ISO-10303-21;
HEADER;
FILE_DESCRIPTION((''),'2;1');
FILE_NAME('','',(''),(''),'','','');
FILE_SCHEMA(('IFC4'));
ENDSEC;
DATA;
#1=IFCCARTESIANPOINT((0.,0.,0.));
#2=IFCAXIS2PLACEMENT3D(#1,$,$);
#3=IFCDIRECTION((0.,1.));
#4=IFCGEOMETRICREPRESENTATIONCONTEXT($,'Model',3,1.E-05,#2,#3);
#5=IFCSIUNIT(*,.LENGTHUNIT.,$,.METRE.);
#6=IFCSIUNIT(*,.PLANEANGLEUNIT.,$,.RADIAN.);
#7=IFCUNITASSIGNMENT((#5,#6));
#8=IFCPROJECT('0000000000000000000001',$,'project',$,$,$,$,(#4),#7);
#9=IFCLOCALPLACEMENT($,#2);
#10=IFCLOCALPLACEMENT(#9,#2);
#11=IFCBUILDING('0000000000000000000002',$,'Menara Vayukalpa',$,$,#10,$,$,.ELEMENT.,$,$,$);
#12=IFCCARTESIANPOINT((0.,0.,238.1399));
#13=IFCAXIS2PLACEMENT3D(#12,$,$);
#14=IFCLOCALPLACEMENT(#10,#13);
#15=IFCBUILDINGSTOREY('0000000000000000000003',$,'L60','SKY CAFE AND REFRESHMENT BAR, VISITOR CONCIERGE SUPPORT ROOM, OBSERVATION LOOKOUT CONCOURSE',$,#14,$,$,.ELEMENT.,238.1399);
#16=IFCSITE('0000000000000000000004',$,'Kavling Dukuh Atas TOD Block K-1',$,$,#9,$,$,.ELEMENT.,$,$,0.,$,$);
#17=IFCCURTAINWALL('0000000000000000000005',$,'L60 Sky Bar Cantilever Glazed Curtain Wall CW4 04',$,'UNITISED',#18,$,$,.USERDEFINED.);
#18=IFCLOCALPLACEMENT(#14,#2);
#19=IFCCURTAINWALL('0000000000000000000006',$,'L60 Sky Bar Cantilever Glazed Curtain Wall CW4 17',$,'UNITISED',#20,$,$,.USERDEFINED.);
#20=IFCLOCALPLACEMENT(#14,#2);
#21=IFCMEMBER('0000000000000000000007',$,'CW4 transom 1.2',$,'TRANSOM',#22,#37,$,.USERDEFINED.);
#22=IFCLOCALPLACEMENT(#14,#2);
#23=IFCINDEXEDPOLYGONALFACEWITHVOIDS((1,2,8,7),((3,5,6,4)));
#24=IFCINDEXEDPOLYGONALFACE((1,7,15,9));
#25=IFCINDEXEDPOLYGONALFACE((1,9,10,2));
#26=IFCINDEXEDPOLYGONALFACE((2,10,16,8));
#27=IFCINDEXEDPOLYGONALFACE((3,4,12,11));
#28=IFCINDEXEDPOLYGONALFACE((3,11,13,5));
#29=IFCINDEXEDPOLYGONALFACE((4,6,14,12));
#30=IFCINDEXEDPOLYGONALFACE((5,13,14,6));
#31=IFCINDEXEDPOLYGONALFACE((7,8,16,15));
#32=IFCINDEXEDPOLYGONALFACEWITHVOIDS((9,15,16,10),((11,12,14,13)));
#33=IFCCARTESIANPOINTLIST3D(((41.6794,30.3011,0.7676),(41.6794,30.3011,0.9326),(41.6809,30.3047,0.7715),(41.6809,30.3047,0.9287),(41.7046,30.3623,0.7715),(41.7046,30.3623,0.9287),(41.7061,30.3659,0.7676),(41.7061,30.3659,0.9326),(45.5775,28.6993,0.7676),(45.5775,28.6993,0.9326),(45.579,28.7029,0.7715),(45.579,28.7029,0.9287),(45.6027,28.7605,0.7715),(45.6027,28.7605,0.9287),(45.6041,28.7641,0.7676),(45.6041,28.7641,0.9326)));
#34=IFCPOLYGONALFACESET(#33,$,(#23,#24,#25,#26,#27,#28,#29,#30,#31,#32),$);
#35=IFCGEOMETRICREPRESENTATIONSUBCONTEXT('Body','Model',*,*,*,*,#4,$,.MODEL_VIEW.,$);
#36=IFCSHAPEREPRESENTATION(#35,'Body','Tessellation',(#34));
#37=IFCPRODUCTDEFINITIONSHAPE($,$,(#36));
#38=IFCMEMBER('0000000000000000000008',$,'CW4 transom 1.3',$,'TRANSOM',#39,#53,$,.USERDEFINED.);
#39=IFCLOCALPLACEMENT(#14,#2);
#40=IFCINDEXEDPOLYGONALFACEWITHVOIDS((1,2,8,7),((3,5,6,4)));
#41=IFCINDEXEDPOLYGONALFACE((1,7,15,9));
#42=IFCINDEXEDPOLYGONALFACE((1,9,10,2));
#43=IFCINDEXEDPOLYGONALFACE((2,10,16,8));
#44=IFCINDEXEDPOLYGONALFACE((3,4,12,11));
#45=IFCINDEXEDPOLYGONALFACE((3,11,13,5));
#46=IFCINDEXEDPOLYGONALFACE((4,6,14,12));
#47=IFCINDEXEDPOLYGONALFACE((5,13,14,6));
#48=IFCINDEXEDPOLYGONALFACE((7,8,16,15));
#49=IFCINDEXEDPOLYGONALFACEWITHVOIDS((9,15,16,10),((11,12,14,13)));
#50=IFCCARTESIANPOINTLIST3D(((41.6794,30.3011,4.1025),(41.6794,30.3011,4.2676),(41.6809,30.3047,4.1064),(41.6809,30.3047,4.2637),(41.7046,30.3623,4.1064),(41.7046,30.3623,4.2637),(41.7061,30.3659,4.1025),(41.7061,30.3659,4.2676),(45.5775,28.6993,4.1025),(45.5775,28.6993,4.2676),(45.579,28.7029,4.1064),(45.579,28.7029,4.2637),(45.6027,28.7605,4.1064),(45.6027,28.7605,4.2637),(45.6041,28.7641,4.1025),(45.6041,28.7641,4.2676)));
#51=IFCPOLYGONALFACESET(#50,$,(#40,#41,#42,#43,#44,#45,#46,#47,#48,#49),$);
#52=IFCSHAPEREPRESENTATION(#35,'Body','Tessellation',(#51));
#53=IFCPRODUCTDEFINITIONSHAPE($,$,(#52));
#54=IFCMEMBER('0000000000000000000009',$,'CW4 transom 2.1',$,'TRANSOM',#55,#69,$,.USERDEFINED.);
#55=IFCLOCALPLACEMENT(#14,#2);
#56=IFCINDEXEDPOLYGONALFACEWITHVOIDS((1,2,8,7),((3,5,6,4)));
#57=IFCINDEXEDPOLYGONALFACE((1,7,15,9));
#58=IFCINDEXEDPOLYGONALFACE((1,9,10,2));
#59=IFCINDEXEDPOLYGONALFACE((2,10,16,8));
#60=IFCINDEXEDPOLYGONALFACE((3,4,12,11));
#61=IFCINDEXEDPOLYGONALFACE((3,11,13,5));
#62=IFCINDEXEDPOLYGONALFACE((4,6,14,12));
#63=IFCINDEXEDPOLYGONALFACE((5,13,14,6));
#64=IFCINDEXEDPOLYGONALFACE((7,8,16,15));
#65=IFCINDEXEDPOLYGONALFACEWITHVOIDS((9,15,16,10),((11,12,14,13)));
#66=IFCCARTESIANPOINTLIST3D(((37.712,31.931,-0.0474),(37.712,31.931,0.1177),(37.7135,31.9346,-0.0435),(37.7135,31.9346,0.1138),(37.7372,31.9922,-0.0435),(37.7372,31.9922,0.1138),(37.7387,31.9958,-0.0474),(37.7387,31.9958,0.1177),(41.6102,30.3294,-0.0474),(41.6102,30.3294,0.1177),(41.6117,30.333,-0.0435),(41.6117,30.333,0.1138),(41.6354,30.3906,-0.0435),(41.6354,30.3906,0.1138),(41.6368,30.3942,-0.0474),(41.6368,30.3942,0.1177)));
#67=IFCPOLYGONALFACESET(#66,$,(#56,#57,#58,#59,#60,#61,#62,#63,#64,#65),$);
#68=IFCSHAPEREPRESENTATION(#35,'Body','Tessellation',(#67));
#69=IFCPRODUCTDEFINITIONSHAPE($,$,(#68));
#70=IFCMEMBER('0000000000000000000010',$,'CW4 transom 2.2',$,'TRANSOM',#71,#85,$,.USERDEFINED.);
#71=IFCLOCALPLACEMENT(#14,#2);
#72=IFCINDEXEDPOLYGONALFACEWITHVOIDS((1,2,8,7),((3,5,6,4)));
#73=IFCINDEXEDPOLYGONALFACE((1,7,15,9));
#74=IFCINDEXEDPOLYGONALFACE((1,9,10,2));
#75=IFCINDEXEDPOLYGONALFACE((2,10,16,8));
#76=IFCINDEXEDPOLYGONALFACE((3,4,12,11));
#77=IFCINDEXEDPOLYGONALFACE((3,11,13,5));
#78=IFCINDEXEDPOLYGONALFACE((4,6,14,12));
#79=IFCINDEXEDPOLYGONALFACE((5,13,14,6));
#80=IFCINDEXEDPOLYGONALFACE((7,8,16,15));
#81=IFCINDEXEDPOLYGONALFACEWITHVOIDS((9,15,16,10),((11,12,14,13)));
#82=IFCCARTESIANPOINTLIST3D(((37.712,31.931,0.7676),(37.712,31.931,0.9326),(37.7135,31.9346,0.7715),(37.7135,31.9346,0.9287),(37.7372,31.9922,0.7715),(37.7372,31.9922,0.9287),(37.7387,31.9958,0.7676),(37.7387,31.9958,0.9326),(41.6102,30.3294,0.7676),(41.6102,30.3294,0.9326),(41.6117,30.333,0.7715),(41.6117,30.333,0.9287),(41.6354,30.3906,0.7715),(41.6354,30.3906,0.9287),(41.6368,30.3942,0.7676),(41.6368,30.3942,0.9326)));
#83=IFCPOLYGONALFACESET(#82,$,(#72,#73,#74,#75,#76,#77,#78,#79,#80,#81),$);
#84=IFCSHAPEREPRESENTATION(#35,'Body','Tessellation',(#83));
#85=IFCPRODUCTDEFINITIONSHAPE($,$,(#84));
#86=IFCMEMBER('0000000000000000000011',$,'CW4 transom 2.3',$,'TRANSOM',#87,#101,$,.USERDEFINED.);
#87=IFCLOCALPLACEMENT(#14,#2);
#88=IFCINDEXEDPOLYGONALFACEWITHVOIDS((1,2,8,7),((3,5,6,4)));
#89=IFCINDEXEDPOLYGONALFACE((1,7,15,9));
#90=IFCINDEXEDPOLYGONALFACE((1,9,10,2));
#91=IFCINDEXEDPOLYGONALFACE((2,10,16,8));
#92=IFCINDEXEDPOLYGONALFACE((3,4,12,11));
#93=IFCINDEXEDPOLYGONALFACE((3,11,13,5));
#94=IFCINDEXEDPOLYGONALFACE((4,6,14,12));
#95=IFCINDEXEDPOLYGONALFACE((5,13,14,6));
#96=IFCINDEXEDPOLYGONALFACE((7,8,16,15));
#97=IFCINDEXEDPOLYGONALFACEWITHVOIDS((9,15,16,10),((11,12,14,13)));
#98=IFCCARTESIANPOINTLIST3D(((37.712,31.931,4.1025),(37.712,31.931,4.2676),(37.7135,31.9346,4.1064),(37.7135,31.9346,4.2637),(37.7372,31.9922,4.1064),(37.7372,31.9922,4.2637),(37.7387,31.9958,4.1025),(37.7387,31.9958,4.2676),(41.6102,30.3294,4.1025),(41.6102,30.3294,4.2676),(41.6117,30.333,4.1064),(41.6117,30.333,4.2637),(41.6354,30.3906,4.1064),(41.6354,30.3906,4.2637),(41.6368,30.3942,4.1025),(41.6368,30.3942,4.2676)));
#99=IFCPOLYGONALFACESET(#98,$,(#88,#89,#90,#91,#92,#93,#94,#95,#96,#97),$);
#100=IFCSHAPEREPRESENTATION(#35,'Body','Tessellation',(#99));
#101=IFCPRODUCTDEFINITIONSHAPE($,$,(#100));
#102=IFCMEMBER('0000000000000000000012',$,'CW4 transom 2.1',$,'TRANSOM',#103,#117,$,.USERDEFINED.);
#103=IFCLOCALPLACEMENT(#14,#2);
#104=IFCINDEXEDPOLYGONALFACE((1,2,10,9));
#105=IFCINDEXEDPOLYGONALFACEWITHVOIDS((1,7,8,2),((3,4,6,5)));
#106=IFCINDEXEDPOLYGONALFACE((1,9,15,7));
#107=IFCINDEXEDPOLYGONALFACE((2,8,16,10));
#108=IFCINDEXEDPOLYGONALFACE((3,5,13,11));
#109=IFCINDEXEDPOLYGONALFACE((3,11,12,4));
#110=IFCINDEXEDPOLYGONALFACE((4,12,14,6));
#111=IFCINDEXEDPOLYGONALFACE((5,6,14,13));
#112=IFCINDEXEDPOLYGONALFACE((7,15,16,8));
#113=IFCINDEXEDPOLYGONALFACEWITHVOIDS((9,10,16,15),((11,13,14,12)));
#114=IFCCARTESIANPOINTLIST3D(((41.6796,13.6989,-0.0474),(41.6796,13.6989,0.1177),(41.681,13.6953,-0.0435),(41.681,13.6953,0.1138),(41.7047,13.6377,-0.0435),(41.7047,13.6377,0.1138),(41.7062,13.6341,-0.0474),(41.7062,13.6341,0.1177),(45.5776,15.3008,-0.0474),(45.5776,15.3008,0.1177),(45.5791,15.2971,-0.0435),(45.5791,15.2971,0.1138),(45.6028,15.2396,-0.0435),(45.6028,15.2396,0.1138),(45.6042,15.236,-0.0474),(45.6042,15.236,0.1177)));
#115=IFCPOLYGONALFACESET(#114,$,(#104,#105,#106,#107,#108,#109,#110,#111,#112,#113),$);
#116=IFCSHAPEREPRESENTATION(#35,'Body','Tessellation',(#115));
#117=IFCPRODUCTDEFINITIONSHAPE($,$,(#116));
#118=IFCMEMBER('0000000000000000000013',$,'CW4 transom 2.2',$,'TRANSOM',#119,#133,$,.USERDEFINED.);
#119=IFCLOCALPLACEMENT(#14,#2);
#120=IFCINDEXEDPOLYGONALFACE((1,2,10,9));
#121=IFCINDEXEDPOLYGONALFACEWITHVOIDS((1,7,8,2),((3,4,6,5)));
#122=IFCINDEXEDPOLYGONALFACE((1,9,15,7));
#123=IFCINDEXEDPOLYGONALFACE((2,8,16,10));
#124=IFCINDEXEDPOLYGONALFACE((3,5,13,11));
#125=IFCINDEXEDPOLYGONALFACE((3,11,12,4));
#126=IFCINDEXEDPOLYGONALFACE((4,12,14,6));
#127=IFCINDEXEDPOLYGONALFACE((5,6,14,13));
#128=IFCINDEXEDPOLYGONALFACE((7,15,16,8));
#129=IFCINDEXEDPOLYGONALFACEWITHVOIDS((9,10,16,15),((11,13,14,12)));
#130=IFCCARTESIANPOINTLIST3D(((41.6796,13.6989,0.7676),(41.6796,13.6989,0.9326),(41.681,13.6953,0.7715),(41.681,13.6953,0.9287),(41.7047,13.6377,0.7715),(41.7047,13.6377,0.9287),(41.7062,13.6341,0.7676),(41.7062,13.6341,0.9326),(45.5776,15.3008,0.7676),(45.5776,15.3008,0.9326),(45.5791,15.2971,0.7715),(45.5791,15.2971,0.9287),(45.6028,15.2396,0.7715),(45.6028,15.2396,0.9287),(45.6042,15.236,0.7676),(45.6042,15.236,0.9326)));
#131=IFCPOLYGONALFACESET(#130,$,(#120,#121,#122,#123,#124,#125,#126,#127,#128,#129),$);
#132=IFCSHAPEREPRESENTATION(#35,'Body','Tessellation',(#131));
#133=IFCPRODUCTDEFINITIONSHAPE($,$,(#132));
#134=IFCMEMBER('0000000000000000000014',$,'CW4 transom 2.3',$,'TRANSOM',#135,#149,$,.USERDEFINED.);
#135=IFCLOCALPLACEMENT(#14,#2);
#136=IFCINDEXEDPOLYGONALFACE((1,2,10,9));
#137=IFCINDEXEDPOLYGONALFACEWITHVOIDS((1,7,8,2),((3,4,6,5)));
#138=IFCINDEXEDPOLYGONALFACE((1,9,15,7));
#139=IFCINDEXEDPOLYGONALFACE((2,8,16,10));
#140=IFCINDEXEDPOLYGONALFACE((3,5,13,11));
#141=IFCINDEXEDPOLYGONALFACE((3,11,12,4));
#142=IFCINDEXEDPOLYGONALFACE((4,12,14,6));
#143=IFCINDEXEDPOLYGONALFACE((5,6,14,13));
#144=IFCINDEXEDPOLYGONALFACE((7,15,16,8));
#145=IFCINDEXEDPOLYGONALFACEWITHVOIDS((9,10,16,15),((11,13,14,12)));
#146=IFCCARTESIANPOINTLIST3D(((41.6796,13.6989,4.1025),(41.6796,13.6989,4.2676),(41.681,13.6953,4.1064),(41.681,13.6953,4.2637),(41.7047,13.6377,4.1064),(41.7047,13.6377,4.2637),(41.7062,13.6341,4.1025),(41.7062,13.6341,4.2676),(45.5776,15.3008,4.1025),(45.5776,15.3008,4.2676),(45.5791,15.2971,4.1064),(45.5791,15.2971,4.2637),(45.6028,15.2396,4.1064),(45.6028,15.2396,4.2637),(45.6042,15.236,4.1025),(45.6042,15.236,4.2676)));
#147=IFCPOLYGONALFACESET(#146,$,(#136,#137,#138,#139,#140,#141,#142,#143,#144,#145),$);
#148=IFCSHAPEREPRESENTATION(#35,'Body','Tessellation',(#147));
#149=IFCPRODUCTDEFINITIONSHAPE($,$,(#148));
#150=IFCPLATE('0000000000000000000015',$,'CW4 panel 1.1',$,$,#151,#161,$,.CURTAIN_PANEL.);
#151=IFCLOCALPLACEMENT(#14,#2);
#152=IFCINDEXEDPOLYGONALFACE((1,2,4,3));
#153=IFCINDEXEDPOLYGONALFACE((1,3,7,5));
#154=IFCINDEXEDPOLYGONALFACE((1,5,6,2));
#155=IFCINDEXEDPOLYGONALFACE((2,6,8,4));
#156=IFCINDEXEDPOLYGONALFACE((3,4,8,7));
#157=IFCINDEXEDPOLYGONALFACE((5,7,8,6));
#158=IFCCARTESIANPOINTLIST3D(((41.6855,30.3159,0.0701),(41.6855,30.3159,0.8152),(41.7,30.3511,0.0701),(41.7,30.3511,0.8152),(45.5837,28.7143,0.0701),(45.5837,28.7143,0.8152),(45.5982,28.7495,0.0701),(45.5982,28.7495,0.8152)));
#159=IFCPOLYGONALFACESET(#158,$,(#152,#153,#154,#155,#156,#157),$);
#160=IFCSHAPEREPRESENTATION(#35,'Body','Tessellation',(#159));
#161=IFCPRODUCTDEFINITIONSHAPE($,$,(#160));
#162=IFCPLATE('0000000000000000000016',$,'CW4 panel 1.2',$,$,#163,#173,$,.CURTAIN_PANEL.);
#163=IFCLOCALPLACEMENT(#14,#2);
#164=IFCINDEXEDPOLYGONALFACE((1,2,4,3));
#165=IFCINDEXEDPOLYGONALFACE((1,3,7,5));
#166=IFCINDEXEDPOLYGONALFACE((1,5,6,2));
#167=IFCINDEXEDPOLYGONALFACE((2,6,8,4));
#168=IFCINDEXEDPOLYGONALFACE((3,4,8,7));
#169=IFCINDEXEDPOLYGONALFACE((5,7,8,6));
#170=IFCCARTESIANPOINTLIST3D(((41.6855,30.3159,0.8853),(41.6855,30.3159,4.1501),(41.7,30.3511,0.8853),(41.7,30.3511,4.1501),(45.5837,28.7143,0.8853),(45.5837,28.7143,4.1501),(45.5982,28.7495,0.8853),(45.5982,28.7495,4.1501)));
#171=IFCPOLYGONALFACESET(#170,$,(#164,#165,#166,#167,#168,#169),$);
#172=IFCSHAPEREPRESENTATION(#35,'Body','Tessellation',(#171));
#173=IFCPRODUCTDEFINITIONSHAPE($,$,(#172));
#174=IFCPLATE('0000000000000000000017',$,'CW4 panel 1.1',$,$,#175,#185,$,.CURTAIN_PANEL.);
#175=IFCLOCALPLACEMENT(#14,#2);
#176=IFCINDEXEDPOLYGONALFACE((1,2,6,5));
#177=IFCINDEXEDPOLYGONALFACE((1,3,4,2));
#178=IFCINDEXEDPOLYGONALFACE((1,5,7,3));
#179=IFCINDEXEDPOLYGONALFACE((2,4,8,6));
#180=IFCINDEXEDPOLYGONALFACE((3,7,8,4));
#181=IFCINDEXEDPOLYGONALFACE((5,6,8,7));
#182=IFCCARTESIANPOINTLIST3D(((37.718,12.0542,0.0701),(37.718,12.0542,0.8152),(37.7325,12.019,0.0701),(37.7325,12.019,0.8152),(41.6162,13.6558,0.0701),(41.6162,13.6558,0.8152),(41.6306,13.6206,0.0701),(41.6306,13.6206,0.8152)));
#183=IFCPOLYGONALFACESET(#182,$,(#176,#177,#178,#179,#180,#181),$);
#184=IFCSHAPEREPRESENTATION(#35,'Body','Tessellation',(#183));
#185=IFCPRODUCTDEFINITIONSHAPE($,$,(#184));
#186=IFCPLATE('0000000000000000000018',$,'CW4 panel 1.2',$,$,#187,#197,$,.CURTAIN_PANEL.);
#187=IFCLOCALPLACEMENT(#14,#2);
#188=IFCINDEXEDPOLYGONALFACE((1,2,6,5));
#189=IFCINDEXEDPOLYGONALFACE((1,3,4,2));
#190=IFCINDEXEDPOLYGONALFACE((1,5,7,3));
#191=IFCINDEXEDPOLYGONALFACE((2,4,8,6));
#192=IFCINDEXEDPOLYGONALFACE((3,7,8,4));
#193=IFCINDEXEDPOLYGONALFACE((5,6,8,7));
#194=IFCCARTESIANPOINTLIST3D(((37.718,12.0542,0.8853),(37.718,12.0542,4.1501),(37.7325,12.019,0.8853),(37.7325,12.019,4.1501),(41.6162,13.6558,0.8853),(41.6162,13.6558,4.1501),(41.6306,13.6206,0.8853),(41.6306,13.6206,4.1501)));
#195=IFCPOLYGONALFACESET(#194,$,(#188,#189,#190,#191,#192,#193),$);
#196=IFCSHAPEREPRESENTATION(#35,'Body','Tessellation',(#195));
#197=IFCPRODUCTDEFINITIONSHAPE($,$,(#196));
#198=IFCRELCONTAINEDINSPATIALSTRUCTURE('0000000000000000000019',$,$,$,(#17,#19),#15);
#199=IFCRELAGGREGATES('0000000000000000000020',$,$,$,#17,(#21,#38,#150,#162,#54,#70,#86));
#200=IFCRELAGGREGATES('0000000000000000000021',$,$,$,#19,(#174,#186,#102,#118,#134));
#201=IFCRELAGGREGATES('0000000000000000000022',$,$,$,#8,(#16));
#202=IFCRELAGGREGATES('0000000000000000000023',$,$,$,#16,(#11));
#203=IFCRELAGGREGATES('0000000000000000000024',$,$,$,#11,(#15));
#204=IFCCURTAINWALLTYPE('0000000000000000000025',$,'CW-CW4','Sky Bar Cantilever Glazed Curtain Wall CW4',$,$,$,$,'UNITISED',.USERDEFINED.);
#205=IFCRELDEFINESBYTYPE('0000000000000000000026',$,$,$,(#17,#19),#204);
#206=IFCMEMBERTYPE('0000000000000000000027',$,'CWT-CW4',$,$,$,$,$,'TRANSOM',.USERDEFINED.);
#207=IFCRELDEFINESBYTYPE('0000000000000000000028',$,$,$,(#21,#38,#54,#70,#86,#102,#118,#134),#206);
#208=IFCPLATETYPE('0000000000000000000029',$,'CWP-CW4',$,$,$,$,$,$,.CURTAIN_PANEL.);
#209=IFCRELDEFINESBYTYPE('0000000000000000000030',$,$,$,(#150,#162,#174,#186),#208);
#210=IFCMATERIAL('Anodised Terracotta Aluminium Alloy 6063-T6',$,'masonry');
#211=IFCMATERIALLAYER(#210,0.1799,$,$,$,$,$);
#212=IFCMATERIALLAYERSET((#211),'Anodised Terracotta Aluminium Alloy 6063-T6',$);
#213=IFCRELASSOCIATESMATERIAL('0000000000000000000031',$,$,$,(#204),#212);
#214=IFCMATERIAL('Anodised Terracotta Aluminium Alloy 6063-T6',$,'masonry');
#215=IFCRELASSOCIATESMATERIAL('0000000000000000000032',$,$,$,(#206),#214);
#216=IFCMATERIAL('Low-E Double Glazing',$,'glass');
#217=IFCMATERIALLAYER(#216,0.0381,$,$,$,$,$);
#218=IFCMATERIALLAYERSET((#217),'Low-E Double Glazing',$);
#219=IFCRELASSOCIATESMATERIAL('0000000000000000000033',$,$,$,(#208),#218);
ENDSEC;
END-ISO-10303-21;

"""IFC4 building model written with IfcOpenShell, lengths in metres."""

from ifc_helpers import new_model, si_unit, direction, frame, origin, origin_2d, place, context, subcontext, project, spatial, rectangle, hollow_rectangle, extrude, material, layer, layer_set, material_profile, profile_set, type_object, element, aggregate, save


model = new_model("IFC4")

# Units and contexts
model_context = context("Model", 3, precision=1e-05, world=origin(), true_north=direction((0.0, 1.0)))
body_context = subcontext(model_context, "Body", "Model", "MODEL_VIEW")
ifc_project = project(units=[si_unit("LENGTHUNIT", "METRE"), si_unit("PLANEANGLEUNIT", "RADIAN")], contexts=[model_context])

# Site, building, storey
site_placement = place(None, origin())
site = spatial("IfcSite", under=ifc_project, at=site_placement, Name="Kavling Dukuh Atas TOD Block K-1", CompositionType="ELEMENT", RefElevation=0.0)
building_placement = place(site_placement, origin())
building = spatial("IfcBuilding", under=site, at=building_placement, Name="Menara Vayukalpa", CompositionType="ELEMENT")
storey_placement = place(building_placement, frame((0.0, 0.0, 238.1399)))
storey = spatial("IfcBuildingStorey", under=building, at=storey_placement, Name="L60", Description="SKY CAFE AND REFRESHMENT BAR, VISITOR CONCIERGE SUPPORT ROOM, OBSERVATION LOOKOUT CONCOURSE", CompositionType="ELEMENT", Elevation=238.1399)

# Curtain walls
ifc_material_1 = material(Name="Anodised Terracotta Aluminium Alloy 6063-T6", Category="masonry")
ifc_layer_1 = layer(ifc_material_1, 0.1799)
ifc_layer_set_1 = layer_set([ifc_layer_1], Name="Anodised Terracotta Aluminium Alloy 6063-T6")
curtain_wall_type = type_object("IfcCurtainWallType", Name="CW-CW4", Description="Sky Bar Cantilever Glazed Curtain Wall CW4", ElementType="UNITISED", PredefinedType="USERDEFINED", material=ifc_layer_set_1)
curtain_wall_1_placement = place(storey_placement, origin())
curtain_wall_1 = element("IfcCurtainWall", 1, at=curtain_wall_1_placement, inside=storey, type_object=curtain_wall_type, Name="L60 Sky Bar Cantilever Glazed Curtain Wall CW4 04", ObjectType="UNITISED", PredefinedType="USERDEFINED")
curtain_wall_2_placement = place(storey_placement, origin())
curtain_wall_2 = element("IfcCurtainWall", 2, at=curtain_wall_2_placement, inside=storey, type_object=curtain_wall_type, Name="L60 Sky Bar Cantilever Glazed Curtain Wall CW4 17", ObjectType="UNITISED", PredefinedType="USERDEFINED")

# Members
ifc_material_2 = material(Name="Anodised Terracotta Aluminium Alloy 6063-T6", Category="masonry")
ifc_material_profile_1 = material_profile(ifc_material_2, hollow_rectangle(XDim=0.0701, YDim=0.165, WallThickness=0.0039, at=origin_2d()), Name="ALU 70x165x4")
ifc_profile_set_1 = profile_set([ifc_material_profile_1], Name="Anodised Terracotta Aluminium Alloy 6063-T6")
member_type_1 = type_object("IfcMemberType", Name="CWT-CW4", ElementType="TRANSOM", PredefinedType="USERDEFINED", material=ifc_profile_set_1)
member_1_placement = place(storey_placement, frame((45.5908, 28.7317, 0.8501), z_axis=(-0.924948, 0.380094, 0.0), x_axis=(-0.380094, -0.924948, 0.0)))
member_1 = element("IfcMember", 3, at=member_1_placement, type_object=member_type_1, Name="CW4 transom 1.2", ObjectType="TRANSOM", PredefinedType="USERDEFINED", context=body_context, shape_type="SweptSolid", body=[
    extrude(hollow_rectangle(XDim=0.0701, YDim=0.165, WallThickness=0.0039, at=origin_2d()), origin(), (0.0, 0.0, 1.0), 4.2144),
])
member_2_placement = place(storey_placement, frame((45.5908, 28.7317, 4.1851), z_axis=(-0.924948, 0.380094, 0.0), x_axis=(-0.380094, -0.924948, 0.0)))
member_2 = element("IfcMember", 4, at=member_2_placement, type_object=member_type_1, Name="CW4 transom 1.3", ObjectType="TRANSOM", PredefinedType="USERDEFINED", context=body_context, shape_type="SweptSolid", body=[
    extrude(hollow_rectangle(XDim=0.0701, YDim=0.165, WallThickness=0.0039, at=origin_2d()), origin(), (0.0, 0.0, 1.0), 4.2144),
])
member_3_placement = place(storey_placement, frame((41.6235, 30.3618, 0.0352), z_axis=(-0.924977, 0.380024, 0.0), x_axis=(-0.380024, -0.924977, 0.0)))
member_3 = element("IfcMember", 5, at=member_3_placement, type_object=member_type_1, Name="CW4 transom 2.1", ObjectType="TRANSOM", PredefinedType="USERDEFINED", context=body_context, shape_type="SweptSolid", body=[
    extrude(hollow_rectangle(XDim=0.0701, YDim=0.165, WallThickness=0.0039, at=origin_2d()), origin(), (0.0, 0.0, 1.0), 4.2144),
])
member_4_placement = place(storey_placement, frame((41.6235, 30.3618, 0.8501), z_axis=(-0.924977, 0.380024, 0.0), x_axis=(-0.380024, -0.924977, 0.0)))
member_4 = element("IfcMember", 6, at=member_4_placement, type_object=member_type_1, Name="CW4 transom 2.2", ObjectType="TRANSOM", PredefinedType="USERDEFINED", context=body_context, shape_type="SweptSolid", body=[
    extrude(hollow_rectangle(XDim=0.0701, YDim=0.165, WallThickness=0.0039, at=origin_2d()), origin(), (0.0, 0.0, 1.0), 4.2144),
])
member_5_placement = place(storey_placement, frame((41.6235, 30.3618, 4.1851), z_axis=(-0.924977, 0.380024, 0.0), x_axis=(-0.380024, -0.924977, 0.0)))
member_5 = element("IfcMember", 7, at=member_5_placement, type_object=member_type_1, Name="CW4 transom 2.3", ObjectType="TRANSOM", PredefinedType="USERDEFINED", context=body_context, shape_type="SweptSolid", body=[
    extrude(hollow_rectangle(XDim=0.0701, YDim=0.165, WallThickness=0.0039, at=origin_2d()), origin(), (0.0, 0.0, 1.0), 4.2144),
])
member_6_placement = place(storey_placement, frame((41.6929, 13.6665, 0.0352), z_axis=(0.924948, 0.380094, 0.0), x_axis=(-0.380094, 0.924948, 0.0)))
member_6 = element("IfcMember", 8, at=member_6_placement, type_object=member_type_1, Name="CW4 transom 2.1", ObjectType="TRANSOM", PredefinedType="USERDEFINED", context=body_context, shape_type="SweptSolid", body=[
    extrude(hollow_rectangle(XDim=0.0701, YDim=0.165, WallThickness=0.0039, at=origin_2d()), origin(), (0.0, 0.0, 1.0), 4.2144),
])
member_7_placement = place(storey_placement, frame((41.6929, 13.6665, 0.8501), z_axis=(0.924948, 0.380094, 0.0), x_axis=(-0.380094, 0.924948, 0.0)))
member_7 = element("IfcMember", 9, at=member_7_placement, type_object=member_type_1, Name="CW4 transom 2.2", ObjectType="TRANSOM", PredefinedType="USERDEFINED", context=body_context, shape_type="SweptSolid", body=[
    extrude(hollow_rectangle(XDim=0.0701, YDim=0.165, WallThickness=0.0039, at=origin_2d()), origin(), (0.0, 0.0, 1.0), 4.2144),
])
member_8_placement = place(storey_placement, frame((41.6929, 13.6665, 4.1851), z_axis=(0.924948, 0.380094, 0.0), x_axis=(-0.380094, 0.924948, 0.0)))
member_8 = element("IfcMember", 10, at=member_8_placement, type_object=member_type_1, Name="CW4 transom 2.3", ObjectType="TRANSOM", PredefinedType="USERDEFINED", context=body_context, shape_type="SweptSolid", body=[
    extrude(hollow_rectangle(XDim=0.0701, YDim=0.165, WallThickness=0.0039, at=origin_2d()), origin(), (0.0, 0.0, 1.0), 4.2144),
])

# Plates
ifc_material_3 = material(Name="Low-E Double Glazing", Category="glass")
ifc_layer_2 = layer(ifc_material_3, 0.0381)
ifc_layer_set_2 = layer_set([ifc_layer_2], Name="Low-E Double Glazing")
plate_type = type_object("IfcPlateType", Name="CWP-CW4", PredefinedType="CURTAIN_PANEL", material=ifc_layer_set_2)
plate_1_placement = place(storey_placement, frame((43.6418, 29.5327, 0.0701), z_axis=(0.0, 0.0, 1.0), x_axis=(-0.92497, 0.380039, 0.0)))
plate_1 = element("IfcPlate", 11, at=plate_1_placement, type_object=plate_type, Name="CW4 panel 1.1", PredefinedType="CURTAIN_PANEL", context=body_context, shape_type="SweptSolid", body=[
    extrude(rectangle(XDim=4.2144, YDim=0.0381, at=origin_2d()), origin(), (0.0, 0.0, 1.0), 0.7451),
])
plate_2_placement = place(storey_placement, frame((43.6418, 29.5327, 0.8853), z_axis=(0.0, 0.0, 1.0), x_axis=(-0.92497, 0.380039, 0.0)))
plate_2 = element("IfcPlate", 12, at=plate_2_placement, type_object=plate_type, Name="CW4 panel 1.2", PredefinedType="CURTAIN_PANEL", context=body_context, shape_type="SweptSolid", body=[
    extrude(rectangle(XDim=4.2144, YDim=0.0381, at=origin_2d()), origin(), (0.0, 0.0, 1.0), 3.2649),
])
aggregate(curtain_wall_1, [member_1, member_2, plate_1, plate_2, member_3, member_4, member_5])
plate_3_placement = place(storey_placement, frame((39.6743, 12.8374, 0.0701), z_axis=(0.0, 0.0, 1.0), x_axis=(0.92497, 0.380039, 0.0)))
plate_3 = element("IfcPlate", 13, at=plate_3_placement, type_object=plate_type, Name="CW4 panel 1.1", PredefinedType="CURTAIN_PANEL", context=body_context, shape_type="SweptSolid", body=[
    extrude(rectangle(XDim=4.2144, YDim=0.0381, at=origin_2d()), origin(), (0.0, 0.0, 1.0), 0.7451),
])
plate_4_placement = place(storey_placement, frame((39.6743, 12.8374, 0.8853), z_axis=(0.0, 0.0, 1.0), x_axis=(0.92497, 0.380039, 0.0)))
plate_4 = element("IfcPlate", 14, at=plate_4_placement, type_object=plate_type, Name="CW4 panel 1.2", PredefinedType="CURTAIN_PANEL", context=body_context, shape_type="SweptSolid", body=[
    extrude(rectangle(XDim=4.2144, YDim=0.0381, at=origin_2d()), origin(), (0.0, 0.0, 1.0), 3.2649),
])
aggregate(curtain_wall_2, [plate_3, plate_4, member_6, member_7, member_8])

save(model, "model.ifc")
